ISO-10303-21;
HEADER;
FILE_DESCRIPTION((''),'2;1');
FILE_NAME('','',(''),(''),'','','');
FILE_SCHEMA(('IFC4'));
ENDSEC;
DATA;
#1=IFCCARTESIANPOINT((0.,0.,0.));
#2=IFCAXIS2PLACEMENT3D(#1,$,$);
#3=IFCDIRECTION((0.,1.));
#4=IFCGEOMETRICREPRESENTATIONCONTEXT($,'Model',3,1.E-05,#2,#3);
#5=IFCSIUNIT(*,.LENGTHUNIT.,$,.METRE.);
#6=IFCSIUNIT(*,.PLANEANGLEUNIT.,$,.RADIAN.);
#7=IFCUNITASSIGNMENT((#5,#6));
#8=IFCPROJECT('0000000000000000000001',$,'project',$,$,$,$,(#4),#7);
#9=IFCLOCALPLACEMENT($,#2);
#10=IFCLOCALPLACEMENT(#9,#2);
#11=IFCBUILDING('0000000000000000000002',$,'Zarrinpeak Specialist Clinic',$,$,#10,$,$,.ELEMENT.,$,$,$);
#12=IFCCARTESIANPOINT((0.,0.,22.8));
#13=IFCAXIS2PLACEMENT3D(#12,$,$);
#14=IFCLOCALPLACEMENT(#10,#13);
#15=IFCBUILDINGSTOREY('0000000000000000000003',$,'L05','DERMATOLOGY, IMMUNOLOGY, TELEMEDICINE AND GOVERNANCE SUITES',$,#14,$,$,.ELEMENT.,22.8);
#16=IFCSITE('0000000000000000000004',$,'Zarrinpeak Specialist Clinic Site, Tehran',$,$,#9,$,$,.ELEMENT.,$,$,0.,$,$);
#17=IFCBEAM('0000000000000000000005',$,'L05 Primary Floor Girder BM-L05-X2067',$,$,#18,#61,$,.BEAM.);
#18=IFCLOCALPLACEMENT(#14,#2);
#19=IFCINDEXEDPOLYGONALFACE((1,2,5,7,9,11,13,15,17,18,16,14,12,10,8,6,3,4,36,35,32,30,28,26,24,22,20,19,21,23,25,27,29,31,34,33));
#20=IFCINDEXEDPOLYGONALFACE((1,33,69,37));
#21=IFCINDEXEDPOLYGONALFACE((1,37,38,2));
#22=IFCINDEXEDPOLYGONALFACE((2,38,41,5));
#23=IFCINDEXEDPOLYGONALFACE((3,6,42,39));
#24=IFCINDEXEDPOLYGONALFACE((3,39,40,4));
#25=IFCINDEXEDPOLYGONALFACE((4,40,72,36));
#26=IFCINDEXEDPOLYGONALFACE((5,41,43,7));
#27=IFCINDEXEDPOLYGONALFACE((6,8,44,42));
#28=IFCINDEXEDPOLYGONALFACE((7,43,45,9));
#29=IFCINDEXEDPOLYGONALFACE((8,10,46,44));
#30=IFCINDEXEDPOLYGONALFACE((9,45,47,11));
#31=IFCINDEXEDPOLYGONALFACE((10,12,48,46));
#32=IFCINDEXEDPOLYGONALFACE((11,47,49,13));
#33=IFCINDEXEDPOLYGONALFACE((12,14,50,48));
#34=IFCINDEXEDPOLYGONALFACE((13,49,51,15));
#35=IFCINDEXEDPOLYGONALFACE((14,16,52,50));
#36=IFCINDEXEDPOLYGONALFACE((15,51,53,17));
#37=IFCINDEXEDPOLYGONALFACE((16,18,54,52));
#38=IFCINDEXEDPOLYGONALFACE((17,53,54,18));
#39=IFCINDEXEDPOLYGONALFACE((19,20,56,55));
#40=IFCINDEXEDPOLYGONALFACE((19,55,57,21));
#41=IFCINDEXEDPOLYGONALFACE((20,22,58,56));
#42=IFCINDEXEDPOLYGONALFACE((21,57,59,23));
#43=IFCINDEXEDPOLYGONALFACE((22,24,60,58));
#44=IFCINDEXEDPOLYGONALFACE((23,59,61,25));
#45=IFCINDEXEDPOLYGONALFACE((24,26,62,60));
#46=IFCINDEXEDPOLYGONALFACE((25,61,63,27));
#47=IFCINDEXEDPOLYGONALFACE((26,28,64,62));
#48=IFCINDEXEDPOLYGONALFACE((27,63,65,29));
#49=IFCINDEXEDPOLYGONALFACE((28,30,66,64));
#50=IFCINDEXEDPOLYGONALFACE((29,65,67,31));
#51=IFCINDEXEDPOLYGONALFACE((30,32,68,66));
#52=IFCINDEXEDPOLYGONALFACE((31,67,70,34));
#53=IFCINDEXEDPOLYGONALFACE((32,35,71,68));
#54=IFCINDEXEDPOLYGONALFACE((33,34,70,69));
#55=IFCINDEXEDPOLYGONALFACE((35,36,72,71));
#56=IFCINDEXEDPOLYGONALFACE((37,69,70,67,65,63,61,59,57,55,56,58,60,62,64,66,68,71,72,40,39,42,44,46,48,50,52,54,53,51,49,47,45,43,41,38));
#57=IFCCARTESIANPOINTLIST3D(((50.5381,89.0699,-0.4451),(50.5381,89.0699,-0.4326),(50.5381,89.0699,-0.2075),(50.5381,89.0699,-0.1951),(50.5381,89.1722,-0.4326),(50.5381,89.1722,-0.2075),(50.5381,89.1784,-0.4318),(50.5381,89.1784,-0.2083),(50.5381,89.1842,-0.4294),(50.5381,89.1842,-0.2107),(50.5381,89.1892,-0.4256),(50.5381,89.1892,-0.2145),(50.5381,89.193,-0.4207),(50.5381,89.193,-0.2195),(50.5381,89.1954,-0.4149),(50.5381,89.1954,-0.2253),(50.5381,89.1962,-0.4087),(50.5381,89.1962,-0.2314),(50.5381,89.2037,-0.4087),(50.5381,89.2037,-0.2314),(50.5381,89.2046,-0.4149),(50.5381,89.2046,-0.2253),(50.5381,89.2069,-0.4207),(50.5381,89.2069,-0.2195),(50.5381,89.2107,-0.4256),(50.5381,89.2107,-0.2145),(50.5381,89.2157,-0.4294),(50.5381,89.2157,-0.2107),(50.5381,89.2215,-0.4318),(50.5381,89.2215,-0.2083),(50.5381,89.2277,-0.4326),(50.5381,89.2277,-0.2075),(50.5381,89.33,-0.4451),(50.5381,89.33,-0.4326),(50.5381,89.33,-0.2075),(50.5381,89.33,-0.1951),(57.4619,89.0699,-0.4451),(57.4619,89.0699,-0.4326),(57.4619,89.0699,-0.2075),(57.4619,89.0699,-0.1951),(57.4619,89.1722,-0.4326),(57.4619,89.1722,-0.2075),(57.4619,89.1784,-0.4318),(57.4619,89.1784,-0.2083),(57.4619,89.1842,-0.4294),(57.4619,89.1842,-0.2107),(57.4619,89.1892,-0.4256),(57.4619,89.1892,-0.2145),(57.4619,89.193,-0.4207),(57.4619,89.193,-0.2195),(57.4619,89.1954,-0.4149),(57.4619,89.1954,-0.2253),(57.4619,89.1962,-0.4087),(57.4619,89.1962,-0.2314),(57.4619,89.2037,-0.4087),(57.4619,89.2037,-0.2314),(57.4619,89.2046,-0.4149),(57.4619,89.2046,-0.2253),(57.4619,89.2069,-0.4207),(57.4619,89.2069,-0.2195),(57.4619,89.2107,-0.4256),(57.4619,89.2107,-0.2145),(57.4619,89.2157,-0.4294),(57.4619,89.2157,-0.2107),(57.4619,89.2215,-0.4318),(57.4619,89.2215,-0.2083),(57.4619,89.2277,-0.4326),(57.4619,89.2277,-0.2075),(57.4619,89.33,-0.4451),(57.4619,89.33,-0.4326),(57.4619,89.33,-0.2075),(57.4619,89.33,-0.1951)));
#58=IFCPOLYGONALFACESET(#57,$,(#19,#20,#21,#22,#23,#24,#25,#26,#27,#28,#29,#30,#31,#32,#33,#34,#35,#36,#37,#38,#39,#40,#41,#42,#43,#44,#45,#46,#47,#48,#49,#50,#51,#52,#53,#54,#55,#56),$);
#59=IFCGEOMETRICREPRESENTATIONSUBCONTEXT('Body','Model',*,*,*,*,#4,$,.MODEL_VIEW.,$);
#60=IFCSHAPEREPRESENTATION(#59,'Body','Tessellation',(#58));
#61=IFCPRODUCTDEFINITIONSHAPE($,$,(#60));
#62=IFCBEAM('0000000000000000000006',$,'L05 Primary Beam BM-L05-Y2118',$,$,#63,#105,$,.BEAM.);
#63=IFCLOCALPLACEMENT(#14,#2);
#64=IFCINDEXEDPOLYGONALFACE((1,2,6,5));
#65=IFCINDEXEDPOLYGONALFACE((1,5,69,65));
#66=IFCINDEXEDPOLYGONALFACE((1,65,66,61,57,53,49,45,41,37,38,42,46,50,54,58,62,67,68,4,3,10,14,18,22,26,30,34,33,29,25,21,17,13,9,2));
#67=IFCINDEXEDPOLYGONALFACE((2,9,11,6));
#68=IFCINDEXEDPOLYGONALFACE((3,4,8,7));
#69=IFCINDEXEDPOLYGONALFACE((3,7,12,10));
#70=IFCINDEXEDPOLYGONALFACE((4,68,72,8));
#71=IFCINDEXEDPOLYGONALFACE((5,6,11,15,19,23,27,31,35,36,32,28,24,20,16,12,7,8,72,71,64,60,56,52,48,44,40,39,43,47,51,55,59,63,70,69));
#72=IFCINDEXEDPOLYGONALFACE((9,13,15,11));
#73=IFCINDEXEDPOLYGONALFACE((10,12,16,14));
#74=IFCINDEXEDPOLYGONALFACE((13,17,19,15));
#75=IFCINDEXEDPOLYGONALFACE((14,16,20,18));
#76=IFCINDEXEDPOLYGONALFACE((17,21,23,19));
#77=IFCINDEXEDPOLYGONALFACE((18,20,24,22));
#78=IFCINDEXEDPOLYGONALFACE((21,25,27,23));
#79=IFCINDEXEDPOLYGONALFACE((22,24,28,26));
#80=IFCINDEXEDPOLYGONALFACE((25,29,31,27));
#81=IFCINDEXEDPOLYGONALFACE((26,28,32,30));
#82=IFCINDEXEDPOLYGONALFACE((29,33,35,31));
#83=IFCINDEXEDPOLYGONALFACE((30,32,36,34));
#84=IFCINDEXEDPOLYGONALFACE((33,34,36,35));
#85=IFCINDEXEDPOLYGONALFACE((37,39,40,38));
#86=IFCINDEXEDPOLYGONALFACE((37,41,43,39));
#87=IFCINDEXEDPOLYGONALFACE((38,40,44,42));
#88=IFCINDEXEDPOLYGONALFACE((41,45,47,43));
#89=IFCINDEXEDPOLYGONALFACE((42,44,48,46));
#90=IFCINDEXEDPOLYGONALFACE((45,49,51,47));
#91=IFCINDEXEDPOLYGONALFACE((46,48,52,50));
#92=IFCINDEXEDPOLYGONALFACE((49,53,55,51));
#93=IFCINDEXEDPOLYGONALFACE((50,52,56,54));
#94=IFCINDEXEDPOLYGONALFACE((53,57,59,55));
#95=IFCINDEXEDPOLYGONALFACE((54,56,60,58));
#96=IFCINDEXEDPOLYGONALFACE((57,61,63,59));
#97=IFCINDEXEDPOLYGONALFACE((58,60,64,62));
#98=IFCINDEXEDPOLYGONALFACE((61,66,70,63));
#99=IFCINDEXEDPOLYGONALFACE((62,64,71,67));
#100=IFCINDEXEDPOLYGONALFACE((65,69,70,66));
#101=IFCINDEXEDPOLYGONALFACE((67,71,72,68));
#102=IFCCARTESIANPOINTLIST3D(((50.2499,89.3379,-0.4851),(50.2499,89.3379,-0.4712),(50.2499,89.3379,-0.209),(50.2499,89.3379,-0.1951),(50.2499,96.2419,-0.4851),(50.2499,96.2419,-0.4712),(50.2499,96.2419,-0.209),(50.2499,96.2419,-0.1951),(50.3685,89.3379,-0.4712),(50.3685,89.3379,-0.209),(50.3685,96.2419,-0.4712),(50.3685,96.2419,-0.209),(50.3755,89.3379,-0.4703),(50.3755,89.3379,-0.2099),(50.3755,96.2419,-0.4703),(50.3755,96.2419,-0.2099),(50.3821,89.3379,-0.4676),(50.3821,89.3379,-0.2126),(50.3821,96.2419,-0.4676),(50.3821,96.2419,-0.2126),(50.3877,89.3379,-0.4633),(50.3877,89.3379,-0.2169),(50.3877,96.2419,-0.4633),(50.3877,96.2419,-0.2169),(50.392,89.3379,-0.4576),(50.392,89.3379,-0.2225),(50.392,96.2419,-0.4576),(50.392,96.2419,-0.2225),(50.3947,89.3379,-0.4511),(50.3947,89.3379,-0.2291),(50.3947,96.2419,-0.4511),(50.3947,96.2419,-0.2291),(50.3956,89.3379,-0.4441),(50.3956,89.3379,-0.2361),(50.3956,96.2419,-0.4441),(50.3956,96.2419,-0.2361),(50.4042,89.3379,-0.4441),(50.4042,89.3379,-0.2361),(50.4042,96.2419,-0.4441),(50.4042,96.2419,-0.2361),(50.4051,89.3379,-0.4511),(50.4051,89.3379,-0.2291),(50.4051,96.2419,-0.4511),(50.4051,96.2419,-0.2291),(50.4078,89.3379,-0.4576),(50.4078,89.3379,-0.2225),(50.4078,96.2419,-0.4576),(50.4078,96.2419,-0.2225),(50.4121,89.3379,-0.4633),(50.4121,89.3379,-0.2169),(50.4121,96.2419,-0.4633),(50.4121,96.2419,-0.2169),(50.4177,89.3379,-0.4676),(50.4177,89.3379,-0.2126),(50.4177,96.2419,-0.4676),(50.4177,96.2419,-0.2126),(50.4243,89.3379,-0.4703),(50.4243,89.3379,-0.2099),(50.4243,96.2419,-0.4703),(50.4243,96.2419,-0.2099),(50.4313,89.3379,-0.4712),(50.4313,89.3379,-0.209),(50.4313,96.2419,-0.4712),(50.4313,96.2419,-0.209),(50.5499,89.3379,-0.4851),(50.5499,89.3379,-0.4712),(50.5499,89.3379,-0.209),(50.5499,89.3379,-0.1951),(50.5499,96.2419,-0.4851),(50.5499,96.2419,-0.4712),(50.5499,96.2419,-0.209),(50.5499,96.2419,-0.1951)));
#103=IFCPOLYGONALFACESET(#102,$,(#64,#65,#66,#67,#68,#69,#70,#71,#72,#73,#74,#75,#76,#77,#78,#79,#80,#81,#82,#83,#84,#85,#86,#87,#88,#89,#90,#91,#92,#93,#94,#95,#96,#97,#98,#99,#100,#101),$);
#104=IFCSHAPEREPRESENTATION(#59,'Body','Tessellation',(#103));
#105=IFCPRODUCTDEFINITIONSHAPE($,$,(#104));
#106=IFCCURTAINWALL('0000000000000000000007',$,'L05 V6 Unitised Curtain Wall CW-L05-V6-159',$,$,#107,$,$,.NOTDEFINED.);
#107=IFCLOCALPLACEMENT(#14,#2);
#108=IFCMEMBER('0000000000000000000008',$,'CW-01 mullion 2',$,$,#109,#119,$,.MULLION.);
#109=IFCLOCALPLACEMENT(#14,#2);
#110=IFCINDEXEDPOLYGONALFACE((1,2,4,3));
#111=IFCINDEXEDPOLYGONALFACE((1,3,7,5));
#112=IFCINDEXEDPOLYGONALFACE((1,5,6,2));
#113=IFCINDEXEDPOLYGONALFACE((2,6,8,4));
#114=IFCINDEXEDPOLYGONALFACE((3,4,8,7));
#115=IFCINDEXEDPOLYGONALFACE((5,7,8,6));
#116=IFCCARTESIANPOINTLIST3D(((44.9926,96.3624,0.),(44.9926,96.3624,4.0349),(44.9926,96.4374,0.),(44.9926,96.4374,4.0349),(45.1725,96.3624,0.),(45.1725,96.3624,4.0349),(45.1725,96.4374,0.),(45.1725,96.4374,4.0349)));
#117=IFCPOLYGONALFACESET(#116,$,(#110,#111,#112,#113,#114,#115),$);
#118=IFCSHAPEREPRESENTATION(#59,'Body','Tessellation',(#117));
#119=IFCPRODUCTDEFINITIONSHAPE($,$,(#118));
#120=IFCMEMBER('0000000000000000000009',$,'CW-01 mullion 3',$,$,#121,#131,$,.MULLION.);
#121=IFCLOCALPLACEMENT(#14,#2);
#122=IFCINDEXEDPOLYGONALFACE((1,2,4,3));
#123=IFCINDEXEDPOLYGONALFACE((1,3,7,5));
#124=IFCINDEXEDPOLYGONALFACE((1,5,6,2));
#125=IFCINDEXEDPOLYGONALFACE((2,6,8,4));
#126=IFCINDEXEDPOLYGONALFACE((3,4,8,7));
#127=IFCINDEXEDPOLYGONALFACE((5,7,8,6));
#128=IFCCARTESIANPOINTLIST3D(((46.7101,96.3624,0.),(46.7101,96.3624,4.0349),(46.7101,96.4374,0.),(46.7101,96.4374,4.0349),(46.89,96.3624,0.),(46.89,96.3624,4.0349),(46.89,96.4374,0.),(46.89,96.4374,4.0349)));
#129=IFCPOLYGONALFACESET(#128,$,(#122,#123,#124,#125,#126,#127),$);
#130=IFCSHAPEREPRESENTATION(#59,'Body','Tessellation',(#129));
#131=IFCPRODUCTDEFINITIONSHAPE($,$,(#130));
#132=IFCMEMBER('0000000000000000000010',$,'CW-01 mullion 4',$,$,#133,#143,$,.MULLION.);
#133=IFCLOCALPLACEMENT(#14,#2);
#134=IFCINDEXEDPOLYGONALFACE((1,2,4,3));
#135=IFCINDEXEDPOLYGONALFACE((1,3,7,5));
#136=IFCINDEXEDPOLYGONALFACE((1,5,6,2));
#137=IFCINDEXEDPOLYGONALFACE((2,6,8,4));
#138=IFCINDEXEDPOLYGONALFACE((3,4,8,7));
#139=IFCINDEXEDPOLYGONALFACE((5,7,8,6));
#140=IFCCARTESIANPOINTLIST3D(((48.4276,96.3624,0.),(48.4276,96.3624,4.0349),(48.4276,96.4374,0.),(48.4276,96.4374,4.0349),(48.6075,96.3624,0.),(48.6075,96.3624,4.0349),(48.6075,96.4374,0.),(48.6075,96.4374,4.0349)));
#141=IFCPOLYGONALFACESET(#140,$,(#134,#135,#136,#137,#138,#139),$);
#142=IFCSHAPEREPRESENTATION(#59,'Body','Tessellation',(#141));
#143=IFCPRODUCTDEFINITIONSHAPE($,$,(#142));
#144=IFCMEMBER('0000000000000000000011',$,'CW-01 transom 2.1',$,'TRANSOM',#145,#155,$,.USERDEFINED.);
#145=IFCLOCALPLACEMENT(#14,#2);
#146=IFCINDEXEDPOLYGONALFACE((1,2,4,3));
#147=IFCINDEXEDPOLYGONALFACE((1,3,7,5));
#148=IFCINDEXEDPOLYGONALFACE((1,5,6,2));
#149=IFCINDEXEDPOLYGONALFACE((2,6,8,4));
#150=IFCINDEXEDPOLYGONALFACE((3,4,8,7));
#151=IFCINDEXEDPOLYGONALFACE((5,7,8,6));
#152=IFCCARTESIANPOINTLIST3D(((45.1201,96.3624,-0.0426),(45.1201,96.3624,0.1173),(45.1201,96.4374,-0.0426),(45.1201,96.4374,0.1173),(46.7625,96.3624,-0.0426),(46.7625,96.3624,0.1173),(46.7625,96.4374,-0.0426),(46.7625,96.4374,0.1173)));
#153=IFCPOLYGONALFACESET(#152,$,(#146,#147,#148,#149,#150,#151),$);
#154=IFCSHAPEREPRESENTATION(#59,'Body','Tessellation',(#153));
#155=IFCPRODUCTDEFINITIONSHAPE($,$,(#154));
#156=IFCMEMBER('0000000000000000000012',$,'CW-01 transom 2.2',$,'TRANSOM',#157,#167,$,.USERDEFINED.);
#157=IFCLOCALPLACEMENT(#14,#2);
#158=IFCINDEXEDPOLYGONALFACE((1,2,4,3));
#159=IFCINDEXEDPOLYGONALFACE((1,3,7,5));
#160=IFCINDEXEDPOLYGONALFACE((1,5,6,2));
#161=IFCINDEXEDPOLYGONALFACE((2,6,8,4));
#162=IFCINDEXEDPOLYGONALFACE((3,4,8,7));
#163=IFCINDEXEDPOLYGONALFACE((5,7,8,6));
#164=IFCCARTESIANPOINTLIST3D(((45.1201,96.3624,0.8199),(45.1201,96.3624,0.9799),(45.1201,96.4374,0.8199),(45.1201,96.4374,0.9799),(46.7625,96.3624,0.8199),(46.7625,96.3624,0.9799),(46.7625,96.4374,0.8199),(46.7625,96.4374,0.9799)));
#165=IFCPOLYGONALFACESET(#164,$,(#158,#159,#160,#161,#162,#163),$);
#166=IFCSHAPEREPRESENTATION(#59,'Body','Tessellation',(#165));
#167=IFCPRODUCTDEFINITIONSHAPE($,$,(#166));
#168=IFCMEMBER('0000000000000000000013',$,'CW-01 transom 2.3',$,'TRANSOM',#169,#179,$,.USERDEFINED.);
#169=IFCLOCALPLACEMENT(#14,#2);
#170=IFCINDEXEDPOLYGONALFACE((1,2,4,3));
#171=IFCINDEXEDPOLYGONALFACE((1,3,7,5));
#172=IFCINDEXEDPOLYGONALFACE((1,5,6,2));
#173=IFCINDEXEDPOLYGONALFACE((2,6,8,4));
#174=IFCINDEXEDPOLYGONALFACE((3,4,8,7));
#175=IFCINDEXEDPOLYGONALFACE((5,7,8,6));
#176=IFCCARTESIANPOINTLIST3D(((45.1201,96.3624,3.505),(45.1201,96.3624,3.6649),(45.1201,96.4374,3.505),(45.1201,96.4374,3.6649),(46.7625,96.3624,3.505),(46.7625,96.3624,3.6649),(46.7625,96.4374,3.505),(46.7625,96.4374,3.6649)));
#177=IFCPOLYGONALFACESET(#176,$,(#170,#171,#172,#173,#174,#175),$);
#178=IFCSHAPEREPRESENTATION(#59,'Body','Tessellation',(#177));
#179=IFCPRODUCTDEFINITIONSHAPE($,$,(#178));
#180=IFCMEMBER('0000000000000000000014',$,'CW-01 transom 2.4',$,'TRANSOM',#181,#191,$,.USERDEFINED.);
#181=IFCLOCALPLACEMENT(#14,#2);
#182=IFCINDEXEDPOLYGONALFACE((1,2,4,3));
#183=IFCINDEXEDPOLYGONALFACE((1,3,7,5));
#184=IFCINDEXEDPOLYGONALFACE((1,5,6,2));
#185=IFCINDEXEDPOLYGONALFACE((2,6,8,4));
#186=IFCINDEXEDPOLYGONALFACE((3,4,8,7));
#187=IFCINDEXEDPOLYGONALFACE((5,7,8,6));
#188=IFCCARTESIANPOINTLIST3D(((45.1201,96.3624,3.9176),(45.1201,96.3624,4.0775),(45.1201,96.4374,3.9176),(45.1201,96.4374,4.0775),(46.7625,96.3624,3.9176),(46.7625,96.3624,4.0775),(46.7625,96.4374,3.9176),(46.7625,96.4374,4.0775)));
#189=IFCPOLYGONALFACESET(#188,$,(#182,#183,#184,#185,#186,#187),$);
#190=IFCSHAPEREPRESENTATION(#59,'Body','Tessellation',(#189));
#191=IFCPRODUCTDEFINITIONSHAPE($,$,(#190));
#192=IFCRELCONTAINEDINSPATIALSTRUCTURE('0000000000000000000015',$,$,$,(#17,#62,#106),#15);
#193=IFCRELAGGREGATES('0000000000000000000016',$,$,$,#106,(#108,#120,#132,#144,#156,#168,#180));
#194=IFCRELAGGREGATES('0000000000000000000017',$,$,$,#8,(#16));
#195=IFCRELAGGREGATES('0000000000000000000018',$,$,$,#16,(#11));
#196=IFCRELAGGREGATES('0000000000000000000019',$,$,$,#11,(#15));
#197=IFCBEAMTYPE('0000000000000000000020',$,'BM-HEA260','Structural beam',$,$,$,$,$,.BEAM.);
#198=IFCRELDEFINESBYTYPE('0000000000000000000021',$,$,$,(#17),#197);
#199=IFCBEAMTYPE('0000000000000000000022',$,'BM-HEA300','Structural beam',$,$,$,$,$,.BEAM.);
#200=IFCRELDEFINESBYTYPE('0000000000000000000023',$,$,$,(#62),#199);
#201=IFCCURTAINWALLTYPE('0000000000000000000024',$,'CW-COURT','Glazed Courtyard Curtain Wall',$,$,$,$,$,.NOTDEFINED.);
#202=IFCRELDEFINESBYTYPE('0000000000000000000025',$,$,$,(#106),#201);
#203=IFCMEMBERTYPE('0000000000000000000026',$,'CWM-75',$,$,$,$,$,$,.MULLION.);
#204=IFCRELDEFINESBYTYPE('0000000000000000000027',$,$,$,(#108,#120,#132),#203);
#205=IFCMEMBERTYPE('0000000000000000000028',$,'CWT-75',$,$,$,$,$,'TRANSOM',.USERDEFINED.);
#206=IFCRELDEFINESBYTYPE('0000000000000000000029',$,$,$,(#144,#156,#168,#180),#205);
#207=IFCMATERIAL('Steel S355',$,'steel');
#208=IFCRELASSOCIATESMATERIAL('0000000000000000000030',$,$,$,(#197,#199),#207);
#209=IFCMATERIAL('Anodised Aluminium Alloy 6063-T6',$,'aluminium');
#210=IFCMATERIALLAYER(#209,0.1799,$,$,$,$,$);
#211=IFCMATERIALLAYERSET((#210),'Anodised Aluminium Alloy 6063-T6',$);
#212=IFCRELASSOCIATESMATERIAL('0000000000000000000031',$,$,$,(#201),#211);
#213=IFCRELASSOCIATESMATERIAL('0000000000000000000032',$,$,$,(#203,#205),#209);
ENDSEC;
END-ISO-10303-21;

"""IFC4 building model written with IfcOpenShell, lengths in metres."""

from ifc_helpers import new_model, si_unit, direction, frame, origin, origin_2d, place, context, subcontext, project, spatial, rectangle, i_section, extrude, material, layer, layer_set, material_profile, profile_set, type_object, element, aggregate, save


model = new_model("IFC4")

# Units and contexts
model_context = context("Model", 3, precision=1e-05, world=origin(), true_north=direction((0.0, 1.0)))
body_context = subcontext(model_context, "Body", "Model", "MODEL_VIEW")
ifc_project = project(units=[si_unit("LENGTHUNIT", "METRE"), si_unit("PLANEANGLEUNIT", "RADIAN")], contexts=[model_context])

# Site, building, storey
site_placement = place(None, origin())
site = spatial("IfcSite", under=ifc_project, at=site_placement, Name="Zarrinpeak Specialist Clinic Site, Tehran", CompositionType="ELEMENT", RefElevation=0.0)
building_placement = place(site_placement, origin())
building = spatial("IfcBuilding", under=site, at=building_placement, Name="Zarrinpeak Specialist Clinic", CompositionType="ELEMENT")
storey_placement = place(building_placement, frame((0.0, 0.0, 22.8)))
storey = spatial("IfcBuildingStorey", under=building, at=storey_placement, Name="L05", Description="DERMATOLOGY, IMMUNOLOGY, TELEMEDICINE AND GOVERNANCE SUITES", CompositionType="ELEMENT", Elevation=22.8)

# Beams
ifc_material_1 = material(Name="Steel S355", Category="steel")
ifc_material_profile_1 = material_profile(ifc_material_1, i_section(OverallWidth=0.26, OverallDepth=0.25, WebThickness=0.0076, FlangeThickness=0.0125, FilletRadius=0.0239, at=origin_2d()), Name="HEA 260")
ifc_profile_set_1 = profile_set([ifc_material_profile_1], Name="Steel S355")
beam_type_1 = type_object("IfcBeamType", Name="BM-HEA260", Description="Structural beam", PredefinedType="BEAM", material=ifc_profile_set_1)
beam_1_placement = place(storey_placement, frame((50.5381, 89.2, -0.3201), z_axis=(1.0, 0.0, 0.0), x_axis=(0.0, 1.0, 0.0)))
element("IfcBeam", 1, at=beam_1_placement, inside=storey, type_object=beam_type_1, Name="L05 Primary Floor Girder BM-L05-X2067", PredefinedType="BEAM", context=body_context, shape_type="SweptSolid", body=[
    extrude(i_section(OverallWidth=0.26, OverallDepth=0.25, WebThickness=0.0076, FlangeThickness=0.0125, FilletRadius=0.0239, at=origin_2d()), origin(), (0.0, 0.0, 1.0), 6.9238),
])
ifc_material_profile_2 = material_profile(ifc_material_1, i_section(OverallWidth=0.3, OverallDepth=0.29, WebThickness=0.0085, FlangeThickness=0.0139, FilletRadius=0.0271, at=origin_2d()), Name="HEA 300")
ifc_profile_set_2 = profile_set([ifc_material_profile_2], Name="Steel S355")
beam_type_2 = type_object("IfcBeamType", Name="BM-HEA300", Description="Structural beam", PredefinedType="BEAM", material=ifc_profile_set_2)
beam_2_placement = place(storey_placement, frame((50.3999, 89.3379, -0.3401), z_axis=(0.0, 1.0, 0.0), x_axis=(-1.0, 0.0, 0.0)))
element("IfcBeam", 2, at=beam_2_placement, inside=storey, type_object=beam_type_2, Name="L05 Primary Beam BM-L05-Y2118", PredefinedType="BEAM", context=body_context, shape_type="SweptSolid", body=[
    extrude(i_section(OverallWidth=0.3, OverallDepth=0.29, WebThickness=0.0085, FlangeThickness=0.0139, FilletRadius=0.0271, at=origin_2d()), origin(), (0.0, 0.0, 1.0), 6.9041),
])

# Curtain wall, members
ifc_material_2 = material(Name="Anodised Aluminium Alloy 6063-T6", Category="aluminium")
ifc_layer_1 = layer(ifc_material_2, 0.1799)
ifc_layer_set_1 = layer_set([ifc_layer_1], Name="Anodised Aluminium Alloy 6063-T6")
curtain_wall_type = type_object("IfcCurtainWallType", Name="CW-COURT", Description="Glazed Courtyard Curtain Wall", PredefinedType="NOTDEFINED", material=ifc_layer_set_1)
curtain_wall_placement = place(storey_placement, origin())
curtain_wall = element("IfcCurtainWall", 3, at=curtain_wall_placement, inside=storey, type_object=curtain_wall_type, Name="L05 V6 Unitised Curtain Wall CW-L05-V6-159", PredefinedType="NOTDEFINED")
ifc_material_profile_3 = material_profile(ifc_material_2, rectangle(XDim=0.075, YDim=0.1799, at=origin_2d()), Name="ALU 75x180")
ifc_profile_set_3 = profile_set([ifc_material_profile_3], Name="Anodised Aluminium Alloy 6063-T6")
member_type_1 = type_object("IfcMemberType", Name="CWM-75", PredefinedType="MULLION", material=ifc_profile_set_3)
member_1_placement = place(storey_placement, frame((45.0825, 96.3999, 0.0), z_axis=(0.0, 0.0, 1.0), x_axis=(0.0, 1.0, 0.0)))
member_1 = element("IfcMember", 4, at=member_1_placement, type_object=member_type_1, Name="CW-01 mullion 2", PredefinedType="MULLION", context=body_context, shape_type="SweptSolid", body=[
    extrude(rectangle(XDim=0.075, YDim=0.1799, at=origin_2d()), origin(), (0.0, 0.0, 1.0), 4.0349),
])
member_2_placement = place(storey_placement, frame((46.8, 96.3999, 0.0), z_axis=(0.0, 0.0, 1.0), x_axis=(0.0, 1.0, 0.0)))
member_2 = element("IfcMember", 5, at=member_2_placement, type_object=member_type_1, Name="CW-01 mullion 3", PredefinedType="MULLION", context=body_context, shape_type="SweptSolid", body=[
    extrude(rectangle(XDim=0.075, YDim=0.1799, at=origin_2d()), origin(), (0.0, 0.0, 1.0), 4.0349),
])
member_3_placement = place(storey_placement, frame((48.5176, 96.3999, 0.0), z_axis=(0.0, 0.0, 1.0), x_axis=(0.0, 1.0, 0.0)))
member_3 = element("IfcMember", 6, at=member_3_placement, type_object=member_type_1, Name="CW-01 mullion 4", PredefinedType="MULLION", context=body_context, shape_type="SweptSolid", body=[
    extrude(rectangle(XDim=0.075, YDim=0.1799, at=origin_2d()), origin(), (0.0, 0.0, 1.0), 4.0349),
])
ifc_material_profile_4 = material_profile(ifc_material_2, rectangle(XDim=0.075, YDim=0.1599, at=origin_2d()), Name="ALU 75x160")
ifc_profile_set_4 = profile_set([ifc_material_profile_4], Name="Anodised Aluminium Alloy 6063-T6")
member_type_2 = type_object("IfcMemberType", Name="CWT-75", ElementType="TRANSOM", PredefinedType="USERDEFINED", material=ifc_profile_set_4)
member_4_placement = place(storey_placement, frame((45.1201, 96.3999, 0.0374), z_axis=(1.0, 0.0, 0.0), x_axis=(0.0, 1.0, 0.0)))
member_4 = element("IfcMember", 7, at=member_4_placement, type_object=member_type_2, Name="CW-01 transom 2.1", ObjectType="TRANSOM", PredefinedType="USERDEFINED", context=body_context, shape_type="SweptSolid", body=[
    extrude(rectangle(XDim=0.075, YDim=0.1599, at=origin_2d()), origin(), (0.0, 0.0, 1.0), 1.6423),
])
member_5_placement = place(storey_placement, frame((45.1201, 96.3999, 0.8999), z_axis=(1.0, 0.0, 0.0), x_axis=(0.0, 1.0, 0.0)))
member_5 = element("IfcMember", 8, at=member_5_placement, type_object=member_type_2, Name="CW-01 transom 2.2", ObjectType="TRANSOM", PredefinedType="USERDEFINED", context=body_context, shape_type="SweptSolid", body=[
    extrude(rectangle(XDim=0.075, YDim=0.1599, at=origin_2d()), origin(), (0.0, 0.0, 1.0), 1.6423),
])
member_6_placement = place(storey_placement, frame((45.1201, 96.3999, 3.585), z_axis=(1.0, 0.0, 0.0), x_axis=(0.0, 1.0, 0.0)))
member_6 = element("IfcMember", 9, at=member_6_placement, type_object=member_type_2, Name="CW-01 transom 2.3", ObjectType="TRANSOM", PredefinedType="USERDEFINED", context=body_context, shape_type="SweptSolid", body=[
    extrude(rectangle(XDim=0.075, YDim=0.1599, at=origin_2d()), origin(), (0.0, 0.0, 1.0), 1.6423),
])
member_7_placement = place(storey_placement, frame((45.1201, 96.3999, 3.9976), z_axis=(1.0, 0.0, 0.0), x_axis=(0.0, 1.0, 0.0)))
member_7 = element("IfcMember", 10, at=member_7_placement, type_object=member_type_2, Name="CW-01 transom 2.4", ObjectType="TRANSOM", PredefinedType="USERDEFINED", context=body_context, shape_type="SweptSolid", body=[
    extrude(rectangle(XDim=0.075, YDim=0.1599, at=origin_2d()), origin(), (0.0, 0.0, 1.0), 1.6423),
])
aggregate(curtain_wall, [member_1, member_2, member_3, member_4, member_5, member_6, member_7])

save(model, "model.ifc")
